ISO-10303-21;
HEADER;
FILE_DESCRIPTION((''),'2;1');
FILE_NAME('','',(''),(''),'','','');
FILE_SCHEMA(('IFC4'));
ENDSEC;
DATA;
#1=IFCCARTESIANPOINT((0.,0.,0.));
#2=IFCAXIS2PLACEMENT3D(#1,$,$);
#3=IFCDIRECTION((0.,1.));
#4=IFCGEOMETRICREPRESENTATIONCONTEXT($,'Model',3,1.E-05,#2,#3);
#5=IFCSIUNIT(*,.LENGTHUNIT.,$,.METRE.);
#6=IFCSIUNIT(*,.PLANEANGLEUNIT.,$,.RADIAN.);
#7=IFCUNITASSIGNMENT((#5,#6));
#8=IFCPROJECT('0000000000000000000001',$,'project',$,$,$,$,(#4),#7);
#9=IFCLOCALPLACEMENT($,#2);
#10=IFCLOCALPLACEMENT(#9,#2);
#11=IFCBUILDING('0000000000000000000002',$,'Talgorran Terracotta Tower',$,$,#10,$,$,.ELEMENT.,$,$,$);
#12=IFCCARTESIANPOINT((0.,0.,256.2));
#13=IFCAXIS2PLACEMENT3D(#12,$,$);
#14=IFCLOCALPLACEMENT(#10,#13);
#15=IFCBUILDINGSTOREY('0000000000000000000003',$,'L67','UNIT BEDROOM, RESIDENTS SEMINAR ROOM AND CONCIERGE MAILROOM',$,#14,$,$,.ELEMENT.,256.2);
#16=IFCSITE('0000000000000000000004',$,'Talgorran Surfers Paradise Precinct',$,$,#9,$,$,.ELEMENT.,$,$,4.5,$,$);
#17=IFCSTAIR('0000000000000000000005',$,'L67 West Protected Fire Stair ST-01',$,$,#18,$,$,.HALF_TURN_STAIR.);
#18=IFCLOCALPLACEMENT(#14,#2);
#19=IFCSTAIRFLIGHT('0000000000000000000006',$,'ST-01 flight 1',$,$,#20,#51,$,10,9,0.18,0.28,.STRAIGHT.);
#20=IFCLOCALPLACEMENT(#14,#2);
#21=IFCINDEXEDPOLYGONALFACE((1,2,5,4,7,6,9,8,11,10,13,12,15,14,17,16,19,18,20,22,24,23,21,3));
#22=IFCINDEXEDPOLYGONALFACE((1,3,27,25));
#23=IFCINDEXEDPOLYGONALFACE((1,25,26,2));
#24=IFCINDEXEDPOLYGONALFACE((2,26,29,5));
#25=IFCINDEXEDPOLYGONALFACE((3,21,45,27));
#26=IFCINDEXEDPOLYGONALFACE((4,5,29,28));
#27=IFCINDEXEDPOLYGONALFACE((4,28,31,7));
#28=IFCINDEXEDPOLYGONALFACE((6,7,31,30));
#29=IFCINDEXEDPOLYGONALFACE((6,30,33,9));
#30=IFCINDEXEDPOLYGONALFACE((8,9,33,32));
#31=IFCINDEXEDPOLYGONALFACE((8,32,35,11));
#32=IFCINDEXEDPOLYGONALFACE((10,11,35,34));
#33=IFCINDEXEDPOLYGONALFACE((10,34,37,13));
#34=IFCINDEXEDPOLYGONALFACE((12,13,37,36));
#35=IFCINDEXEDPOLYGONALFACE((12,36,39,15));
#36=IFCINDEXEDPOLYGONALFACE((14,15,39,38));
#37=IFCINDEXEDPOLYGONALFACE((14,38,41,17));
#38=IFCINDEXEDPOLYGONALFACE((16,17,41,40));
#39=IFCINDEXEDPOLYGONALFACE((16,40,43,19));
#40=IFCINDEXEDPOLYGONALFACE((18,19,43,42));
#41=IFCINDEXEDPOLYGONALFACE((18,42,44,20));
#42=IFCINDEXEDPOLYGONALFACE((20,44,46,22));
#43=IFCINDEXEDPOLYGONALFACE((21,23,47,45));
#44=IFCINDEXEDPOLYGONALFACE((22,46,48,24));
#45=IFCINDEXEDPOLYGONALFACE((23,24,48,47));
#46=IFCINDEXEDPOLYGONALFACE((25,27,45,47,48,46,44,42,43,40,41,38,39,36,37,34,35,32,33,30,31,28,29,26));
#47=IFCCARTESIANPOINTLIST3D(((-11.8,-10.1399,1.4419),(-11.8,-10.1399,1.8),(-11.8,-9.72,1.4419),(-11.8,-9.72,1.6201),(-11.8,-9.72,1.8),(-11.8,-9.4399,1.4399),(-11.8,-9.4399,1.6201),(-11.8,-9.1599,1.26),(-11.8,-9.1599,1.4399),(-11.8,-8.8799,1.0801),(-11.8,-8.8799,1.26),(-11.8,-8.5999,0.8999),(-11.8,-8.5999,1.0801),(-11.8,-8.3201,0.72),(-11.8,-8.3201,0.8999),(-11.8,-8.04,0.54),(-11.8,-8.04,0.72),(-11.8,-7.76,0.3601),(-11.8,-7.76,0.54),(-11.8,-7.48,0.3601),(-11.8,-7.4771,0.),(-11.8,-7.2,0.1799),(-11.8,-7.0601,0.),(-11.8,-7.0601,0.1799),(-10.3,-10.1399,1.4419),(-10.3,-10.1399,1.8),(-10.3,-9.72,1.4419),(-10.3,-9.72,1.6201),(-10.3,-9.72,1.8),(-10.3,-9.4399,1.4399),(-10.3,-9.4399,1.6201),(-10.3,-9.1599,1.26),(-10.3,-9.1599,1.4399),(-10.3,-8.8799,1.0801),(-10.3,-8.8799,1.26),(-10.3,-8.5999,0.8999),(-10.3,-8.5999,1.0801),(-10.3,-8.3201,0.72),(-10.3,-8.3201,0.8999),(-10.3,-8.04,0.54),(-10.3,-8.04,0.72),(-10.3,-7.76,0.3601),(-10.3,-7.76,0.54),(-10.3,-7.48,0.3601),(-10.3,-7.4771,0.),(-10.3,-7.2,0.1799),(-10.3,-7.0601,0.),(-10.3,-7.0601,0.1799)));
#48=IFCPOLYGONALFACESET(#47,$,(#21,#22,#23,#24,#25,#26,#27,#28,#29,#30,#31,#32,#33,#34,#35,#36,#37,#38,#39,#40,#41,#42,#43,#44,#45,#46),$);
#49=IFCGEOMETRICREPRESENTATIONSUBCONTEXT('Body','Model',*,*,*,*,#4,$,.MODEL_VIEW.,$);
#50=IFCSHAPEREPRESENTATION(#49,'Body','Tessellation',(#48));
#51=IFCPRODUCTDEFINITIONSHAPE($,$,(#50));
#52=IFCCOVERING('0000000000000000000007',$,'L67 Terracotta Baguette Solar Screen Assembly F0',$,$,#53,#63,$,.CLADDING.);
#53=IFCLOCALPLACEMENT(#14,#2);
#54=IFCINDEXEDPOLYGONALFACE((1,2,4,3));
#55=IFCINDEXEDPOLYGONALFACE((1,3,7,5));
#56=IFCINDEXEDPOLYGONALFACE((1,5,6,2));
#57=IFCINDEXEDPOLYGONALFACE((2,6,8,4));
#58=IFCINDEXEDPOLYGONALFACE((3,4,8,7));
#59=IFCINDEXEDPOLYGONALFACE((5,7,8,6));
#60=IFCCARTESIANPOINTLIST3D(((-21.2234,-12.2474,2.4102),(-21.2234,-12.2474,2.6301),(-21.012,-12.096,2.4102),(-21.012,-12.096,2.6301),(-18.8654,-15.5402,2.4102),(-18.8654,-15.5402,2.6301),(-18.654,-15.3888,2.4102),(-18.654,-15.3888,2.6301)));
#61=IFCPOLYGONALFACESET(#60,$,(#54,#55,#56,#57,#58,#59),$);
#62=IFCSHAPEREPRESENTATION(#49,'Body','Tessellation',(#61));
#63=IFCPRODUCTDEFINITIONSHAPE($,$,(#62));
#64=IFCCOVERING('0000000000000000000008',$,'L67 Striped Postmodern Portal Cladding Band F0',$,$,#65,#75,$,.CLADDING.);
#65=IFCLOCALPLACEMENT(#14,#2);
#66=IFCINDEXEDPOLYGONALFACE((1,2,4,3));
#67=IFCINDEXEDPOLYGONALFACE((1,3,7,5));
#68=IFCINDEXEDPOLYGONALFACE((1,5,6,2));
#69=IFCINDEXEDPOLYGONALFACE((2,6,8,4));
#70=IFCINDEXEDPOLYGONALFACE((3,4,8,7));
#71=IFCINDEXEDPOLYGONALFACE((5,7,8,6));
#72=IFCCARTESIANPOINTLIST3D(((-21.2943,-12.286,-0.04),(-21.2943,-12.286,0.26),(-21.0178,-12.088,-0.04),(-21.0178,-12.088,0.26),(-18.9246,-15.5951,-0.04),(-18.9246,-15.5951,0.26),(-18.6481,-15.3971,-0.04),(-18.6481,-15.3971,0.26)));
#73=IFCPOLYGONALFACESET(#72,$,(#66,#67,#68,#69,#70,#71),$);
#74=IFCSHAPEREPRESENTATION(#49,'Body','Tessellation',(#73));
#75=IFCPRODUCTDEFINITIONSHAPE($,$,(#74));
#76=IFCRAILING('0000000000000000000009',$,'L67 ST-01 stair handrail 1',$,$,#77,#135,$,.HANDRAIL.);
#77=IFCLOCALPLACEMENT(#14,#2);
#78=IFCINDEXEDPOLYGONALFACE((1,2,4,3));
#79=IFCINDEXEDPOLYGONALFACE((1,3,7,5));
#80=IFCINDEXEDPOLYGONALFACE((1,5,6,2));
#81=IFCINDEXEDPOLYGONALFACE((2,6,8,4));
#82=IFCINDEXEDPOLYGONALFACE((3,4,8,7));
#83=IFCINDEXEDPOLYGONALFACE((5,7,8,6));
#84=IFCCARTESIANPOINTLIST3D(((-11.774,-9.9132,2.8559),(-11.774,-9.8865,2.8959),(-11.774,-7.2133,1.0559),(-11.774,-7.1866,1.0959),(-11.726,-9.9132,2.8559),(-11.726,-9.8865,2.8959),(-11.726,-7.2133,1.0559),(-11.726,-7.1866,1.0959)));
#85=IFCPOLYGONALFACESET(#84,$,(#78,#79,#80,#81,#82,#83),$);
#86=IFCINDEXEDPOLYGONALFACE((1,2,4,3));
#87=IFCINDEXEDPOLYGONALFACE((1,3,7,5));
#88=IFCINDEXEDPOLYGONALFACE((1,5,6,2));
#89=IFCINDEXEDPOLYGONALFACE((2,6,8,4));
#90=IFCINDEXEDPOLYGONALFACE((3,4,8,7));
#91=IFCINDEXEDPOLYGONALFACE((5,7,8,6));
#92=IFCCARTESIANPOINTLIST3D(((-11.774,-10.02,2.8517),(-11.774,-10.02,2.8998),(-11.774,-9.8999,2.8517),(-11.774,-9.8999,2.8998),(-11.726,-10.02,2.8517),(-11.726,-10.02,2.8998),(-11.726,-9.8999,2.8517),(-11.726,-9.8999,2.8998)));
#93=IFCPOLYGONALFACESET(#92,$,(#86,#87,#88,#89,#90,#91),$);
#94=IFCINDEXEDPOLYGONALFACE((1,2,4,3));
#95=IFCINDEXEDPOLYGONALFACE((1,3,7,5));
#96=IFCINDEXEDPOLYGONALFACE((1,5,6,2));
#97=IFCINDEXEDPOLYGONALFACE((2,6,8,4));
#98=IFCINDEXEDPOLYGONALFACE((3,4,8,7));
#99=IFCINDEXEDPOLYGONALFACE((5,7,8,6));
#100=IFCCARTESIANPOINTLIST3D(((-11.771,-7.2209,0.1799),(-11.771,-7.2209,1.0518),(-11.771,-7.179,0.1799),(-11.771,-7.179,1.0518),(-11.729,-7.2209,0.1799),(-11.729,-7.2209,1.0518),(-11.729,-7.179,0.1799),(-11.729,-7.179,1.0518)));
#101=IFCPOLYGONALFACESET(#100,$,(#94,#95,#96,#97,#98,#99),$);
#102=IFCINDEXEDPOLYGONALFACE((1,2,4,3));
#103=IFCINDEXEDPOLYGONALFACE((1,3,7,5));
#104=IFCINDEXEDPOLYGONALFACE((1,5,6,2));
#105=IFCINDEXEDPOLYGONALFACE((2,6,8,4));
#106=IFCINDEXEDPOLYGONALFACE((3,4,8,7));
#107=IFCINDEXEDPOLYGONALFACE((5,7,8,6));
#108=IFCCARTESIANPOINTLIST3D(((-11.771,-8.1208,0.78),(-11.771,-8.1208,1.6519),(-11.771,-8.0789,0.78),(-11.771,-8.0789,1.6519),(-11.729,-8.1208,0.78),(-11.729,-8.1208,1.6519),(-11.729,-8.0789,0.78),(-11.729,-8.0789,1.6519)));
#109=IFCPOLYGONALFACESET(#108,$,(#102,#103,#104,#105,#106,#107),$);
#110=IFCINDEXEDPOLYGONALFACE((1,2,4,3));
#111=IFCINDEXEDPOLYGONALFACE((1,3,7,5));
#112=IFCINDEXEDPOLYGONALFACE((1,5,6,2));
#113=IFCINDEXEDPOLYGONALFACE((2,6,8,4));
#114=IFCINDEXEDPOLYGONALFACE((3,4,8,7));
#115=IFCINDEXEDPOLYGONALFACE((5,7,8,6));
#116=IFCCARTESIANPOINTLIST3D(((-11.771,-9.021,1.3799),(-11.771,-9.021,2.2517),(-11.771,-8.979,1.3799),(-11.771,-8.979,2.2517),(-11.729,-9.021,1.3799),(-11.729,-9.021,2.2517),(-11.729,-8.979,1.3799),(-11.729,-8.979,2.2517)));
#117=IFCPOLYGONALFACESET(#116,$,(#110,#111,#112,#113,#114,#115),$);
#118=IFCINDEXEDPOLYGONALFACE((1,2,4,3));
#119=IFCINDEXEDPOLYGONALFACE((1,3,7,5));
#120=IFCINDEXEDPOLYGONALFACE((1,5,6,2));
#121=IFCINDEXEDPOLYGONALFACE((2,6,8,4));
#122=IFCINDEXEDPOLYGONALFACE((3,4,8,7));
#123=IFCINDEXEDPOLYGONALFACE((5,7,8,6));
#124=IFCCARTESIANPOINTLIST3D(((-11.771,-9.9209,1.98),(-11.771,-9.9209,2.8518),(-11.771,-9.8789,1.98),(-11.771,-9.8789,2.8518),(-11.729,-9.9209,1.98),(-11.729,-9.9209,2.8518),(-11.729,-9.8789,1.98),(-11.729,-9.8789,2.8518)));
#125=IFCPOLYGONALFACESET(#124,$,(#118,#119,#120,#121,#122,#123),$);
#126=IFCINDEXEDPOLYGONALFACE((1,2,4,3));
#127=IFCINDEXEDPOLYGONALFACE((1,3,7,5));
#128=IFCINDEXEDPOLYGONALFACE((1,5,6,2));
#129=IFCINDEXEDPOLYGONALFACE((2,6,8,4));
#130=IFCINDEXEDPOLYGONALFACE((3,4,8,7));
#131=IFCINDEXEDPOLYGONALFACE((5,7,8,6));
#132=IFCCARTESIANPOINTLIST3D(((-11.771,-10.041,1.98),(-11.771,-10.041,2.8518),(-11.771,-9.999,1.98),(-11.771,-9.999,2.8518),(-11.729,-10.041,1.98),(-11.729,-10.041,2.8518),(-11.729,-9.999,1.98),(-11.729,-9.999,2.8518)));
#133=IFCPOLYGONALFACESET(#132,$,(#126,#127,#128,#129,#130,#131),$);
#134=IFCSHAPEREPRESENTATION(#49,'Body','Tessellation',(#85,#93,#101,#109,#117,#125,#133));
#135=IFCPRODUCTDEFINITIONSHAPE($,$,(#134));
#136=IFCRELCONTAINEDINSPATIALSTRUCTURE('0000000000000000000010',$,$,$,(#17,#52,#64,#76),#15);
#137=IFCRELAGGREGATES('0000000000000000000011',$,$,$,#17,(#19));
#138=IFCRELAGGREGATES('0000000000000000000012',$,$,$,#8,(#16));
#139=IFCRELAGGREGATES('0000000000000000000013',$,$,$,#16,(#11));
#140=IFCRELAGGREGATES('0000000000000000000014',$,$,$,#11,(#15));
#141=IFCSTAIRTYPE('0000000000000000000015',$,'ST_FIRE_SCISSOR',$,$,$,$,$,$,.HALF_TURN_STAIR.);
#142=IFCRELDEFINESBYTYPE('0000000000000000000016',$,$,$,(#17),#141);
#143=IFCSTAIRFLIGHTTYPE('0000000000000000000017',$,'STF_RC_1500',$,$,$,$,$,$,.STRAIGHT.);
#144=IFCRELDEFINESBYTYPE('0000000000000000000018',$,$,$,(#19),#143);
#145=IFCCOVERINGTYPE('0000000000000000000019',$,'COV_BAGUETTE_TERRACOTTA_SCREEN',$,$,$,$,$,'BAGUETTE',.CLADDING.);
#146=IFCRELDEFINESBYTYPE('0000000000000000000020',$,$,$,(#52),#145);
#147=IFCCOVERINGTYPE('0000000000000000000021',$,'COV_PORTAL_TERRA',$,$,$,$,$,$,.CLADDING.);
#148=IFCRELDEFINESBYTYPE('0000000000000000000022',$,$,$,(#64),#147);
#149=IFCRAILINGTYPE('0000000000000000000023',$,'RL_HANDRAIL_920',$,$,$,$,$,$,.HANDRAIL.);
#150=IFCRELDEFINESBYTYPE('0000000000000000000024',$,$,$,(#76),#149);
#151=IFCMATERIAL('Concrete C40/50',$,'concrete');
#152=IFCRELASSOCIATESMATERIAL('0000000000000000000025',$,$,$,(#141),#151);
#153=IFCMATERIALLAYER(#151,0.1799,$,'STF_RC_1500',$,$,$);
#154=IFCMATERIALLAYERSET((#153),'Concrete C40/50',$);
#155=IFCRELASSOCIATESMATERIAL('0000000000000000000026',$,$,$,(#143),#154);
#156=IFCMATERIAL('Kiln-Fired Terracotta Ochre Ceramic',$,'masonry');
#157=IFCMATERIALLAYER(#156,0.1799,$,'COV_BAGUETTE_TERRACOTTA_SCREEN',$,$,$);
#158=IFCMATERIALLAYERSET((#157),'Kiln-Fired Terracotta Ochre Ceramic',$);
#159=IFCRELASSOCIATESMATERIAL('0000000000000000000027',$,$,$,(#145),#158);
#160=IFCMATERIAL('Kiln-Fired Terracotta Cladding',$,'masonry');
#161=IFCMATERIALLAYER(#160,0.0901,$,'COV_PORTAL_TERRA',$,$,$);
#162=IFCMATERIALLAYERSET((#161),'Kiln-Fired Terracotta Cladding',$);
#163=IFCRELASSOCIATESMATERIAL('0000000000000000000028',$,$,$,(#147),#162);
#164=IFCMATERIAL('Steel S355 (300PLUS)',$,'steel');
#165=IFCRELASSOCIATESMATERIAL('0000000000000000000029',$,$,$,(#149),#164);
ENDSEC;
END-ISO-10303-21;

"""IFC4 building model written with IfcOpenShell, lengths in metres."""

from ifc_helpers import new_model, si_unit, direction, frame, origin, origin_2d, place, context, subcontext, project, spatial, polyline, rectangle, outline, extrude, material, layer, layer_set, type_object, element, aggregate, save


model = new_model("IFC4")

# Units and contexts
model_context = context("Model", 3, precision=1e-05, world=origin(), true_north=direction((0.0, 1.0)))
body_context = subcontext(model_context, "Body", "Model", "MODEL_VIEW")
ifc_project = project(units=[si_unit("LENGTHUNIT", "METRE"), si_unit("PLANEANGLEUNIT", "RADIAN")], contexts=[model_context])

# Site, building, storey
site_placement = place(None, origin())
site = spatial("IfcSite", under=ifc_project, at=site_placement, Name="Talgorran Surfers Paradise Precinct", CompositionType="ELEMENT", RefElevation=4.5)
building_placement = place(site_placement, origin())
building = spatial("IfcBuilding", under=site, at=building_placement, Name="Talgorran Terracotta Tower", CompositionType="ELEMENT")
storey_placement = place(building_placement, frame((0.0, 0.0, 256.2)))
storey = spatial("IfcBuildingStorey", under=building, at=storey_placement, Name="L67", Description="UNIT BEDROOM, RESIDENTS SEMINAR ROOM AND CONCIERGE MAILROOM", CompositionType="ELEMENT", Elevation=256.2)

# Shared definitions
ifc_material_1 = material(Name="Steel S355 (300PLUS)", Category="steel")

# Stair, stair flight
ifc_material_2 = material(Name="Concrete C40/50", Category="concrete")
stair_type = type_object("IfcStairType", Name="ST_FIRE_SCISSOR", PredefinedType="HALF_TURN_STAIR", material=ifc_material_2)
stair_placement = place(storey_placement, origin())
stair = element("IfcStair", 1, at=stair_placement, inside=storey, type_object=stair_type, Name="L67 West Protected Fire Stair ST-01", PredefinedType="HALF_TURN_STAIR")
ifc_layer_1 = layer(ifc_material_2, 0.1799, Name="STF_RC_1500")
ifc_layer_set_1 = layer_set([ifc_layer_1], Name="Concrete C40/50")
stair_flight_type = type_object("IfcStairFlightType", Name="STF_RC_1500", PredefinedType="STRAIGHT", material=ifc_layer_set_1)
stair_flight_placement = place(storey_placement, frame((-11.05, -7.2, 0.0), z_axis=(0.0, 0.0, 1.0), x_axis=(0.0, -1.0, 0.0)))
stair_flight = element("IfcStairFlight", 2, at=stair_flight_placement, type_object=stair_flight_type, Name="ST-01 flight 1", NumberOfRisers=10, NumberOfTreads=9, PredefinedType="STRAIGHT", RiserHeight=0.18, TreadLength=0.28, context=body_context, shape_type="SweptSolid", body=[
    extrude(outline(polyline([(-0.1399, 0.0), (-0.1399, 0.1799), (0.0, 0.1799), (0.28, 0.3601), (0.5601, 0.3601), (0.5601, 0.54), (0.8401, 0.54), (0.8401, 0.72), (1.1201, 0.72), (1.1201, 0.8999), (1.3999, 0.8999), (1.3999, 1.0801), (1.6799, 1.0801), (1.6799, 1.26), (1.96, 1.26), (1.96, 1.4399), (2.24, 1.4399), (2.24, 1.6201), (2.52, 1.6201), (2.52, 1.8), (2.9399, 1.8), (2.9399, 1.4419), (2.52, 1.4419), (0.2771, 0.0), (-0.1399, 0.0)])), frame((0.0, 0.75, 0.0), z_axis=(0.0, -1.0, 0.0), x_axis=(1.0, 0.0, 0.0)), (0.0, 0.0, 1.0), 1.5),
])
aggregate(stair, [stair_flight])

# Coverings
ifc_material_3 = material(Name="Kiln-Fired Terracotta Ochre Ceramic", Category="masonry")
ifc_layer_2 = layer(ifc_material_3, 0.1799, Name="COV_BAGUETTE_TERRACOTTA_SCREEN")
ifc_layer_set_2 = layer_set([ifc_layer_2], Name="Kiln-Fired Terracotta Ochre Ceramic")
covering_type_1 = type_object("IfcCoveringType", Name="COV_BAGUETTE_TERRACOTTA_SCREEN", ElementType="BAGUETTE", PredefinedType="CLADDING", material=ifc_layer_set_2)
covering_1_placement = place(storey_placement, frame((-19.9387, -13.8181, 2.4102), z_axis=(0.0, 0.0, 1.0), x_axis=(0.582222, -0.81303, 0.0)))
element("IfcCovering", 3, at=covering_1_placement, inside=storey, type_object=covering_type_1, Name="L67 Terracotta Baguette Solar Screen Assembly F0", PredefinedType="CLADDING", context=body_context, shape_type="SweptSolid", body=[
    extrude(rectangle(XDim=4.05, YDim=0.26, at=origin_2d()), origin(), (0.0, 0.0, 1.0), 0.22),
])
ifc_material_4 = material(Name="Kiln-Fired Terracotta Cladding", Category="masonry")
ifc_layer_3 = layer(ifc_material_4, 0.0901, Name="COV_PORTAL_TERRA")
ifc_layer_set_3 = layer_set([ifc_layer_3], Name="Kiln-Fired Terracotta Cladding")
covering_type_2 = type_object("IfcCoveringType", Name="COV_PORTAL_TERRA", PredefinedType="CLADDING", material=ifc_layer_set_3)
covering_2_placement = place(storey_placement, frame((-19.9712, -13.8416, -0.04), z_axis=(0.0, 0.0, 1.0), x_axis=(0.582222, -0.81303, 0.0)))
element("IfcCovering", 4, at=covering_2_placement, inside=storey, type_object=covering_type_2, Name="L67 Striped Postmodern Portal Cladding Band F0", PredefinedType="CLADDING", context=body_context, shape_type="SweptSolid", body=[
    extrude(rectangle(XDim=4.0701, YDim=0.3401, at=origin_2d()), origin(), (0.0, 0.0, 1.0), 0.3),
])

# Railing
railing_type = type_object("IfcRailingType", Name="RL_HANDRAIL_920", PredefinedType="HANDRAIL", material=ifc_material_1)
railing_placement = place(storey_placement, frame((-11.75, -7.2, 0.1799)))
element("IfcRailing", 5, at=railing_placement, inside=storey, type_object=railing_type, Name="L67 ST-01 stair handrail 1", PredefinedType="HANDRAIL", context=body_context, shape_type="SweptSolid", body=[
    extrude(rectangle(XDim=0.0481, YDim=0.0481, at=origin_2d()), frame((0.0, 0.0, 0.896), z_axis=(0.0, -0.832039, 0.554718), x_axis=(1.0, 0.0, 0.0)), (0.0, 0.0, 1.0), 3.2449),
    extrude(rectangle(XDim=0.0481, YDim=0.0481, at=origin_2d()), frame((0.0, -2.7, 2.6958), z_axis=(0.0, -1.0, 0.0), x_axis=(1.0, 0.0, 0.0)), (0.0, 0.0, 1.0), 0.1201),
    extrude(rectangle(XDim=0.042, YDim=0.042, at=origin_2d()), origin(), (0.0, 0.0, 1.0), 0.8718),
    extrude(rectangle(XDim=0.042, YDim=0.042, at=origin_2d()), frame((0.0, -0.8999, 0.6001)), (0.0, 0.0, 1.0), 0.8718),
    extrude(rectangle(XDim=0.042, YDim=0.042, at=origin_2d()), frame((0.0, -1.8, 1.2)), (0.0, 0.0, 1.0), 0.8718),
    extrude(rectangle(XDim=0.042, YDim=0.042, at=origin_2d()), frame((0.0, -2.7, 1.8)), (0.0, 0.0, 1.0), 0.8718),
    extrude(rectangle(XDim=0.042, YDim=0.042, at=origin_2d()), frame((0.0, -2.8201, 1.8)), (0.0, 0.0, 1.0), 0.8718),
])

save(model, "model.ifc")
